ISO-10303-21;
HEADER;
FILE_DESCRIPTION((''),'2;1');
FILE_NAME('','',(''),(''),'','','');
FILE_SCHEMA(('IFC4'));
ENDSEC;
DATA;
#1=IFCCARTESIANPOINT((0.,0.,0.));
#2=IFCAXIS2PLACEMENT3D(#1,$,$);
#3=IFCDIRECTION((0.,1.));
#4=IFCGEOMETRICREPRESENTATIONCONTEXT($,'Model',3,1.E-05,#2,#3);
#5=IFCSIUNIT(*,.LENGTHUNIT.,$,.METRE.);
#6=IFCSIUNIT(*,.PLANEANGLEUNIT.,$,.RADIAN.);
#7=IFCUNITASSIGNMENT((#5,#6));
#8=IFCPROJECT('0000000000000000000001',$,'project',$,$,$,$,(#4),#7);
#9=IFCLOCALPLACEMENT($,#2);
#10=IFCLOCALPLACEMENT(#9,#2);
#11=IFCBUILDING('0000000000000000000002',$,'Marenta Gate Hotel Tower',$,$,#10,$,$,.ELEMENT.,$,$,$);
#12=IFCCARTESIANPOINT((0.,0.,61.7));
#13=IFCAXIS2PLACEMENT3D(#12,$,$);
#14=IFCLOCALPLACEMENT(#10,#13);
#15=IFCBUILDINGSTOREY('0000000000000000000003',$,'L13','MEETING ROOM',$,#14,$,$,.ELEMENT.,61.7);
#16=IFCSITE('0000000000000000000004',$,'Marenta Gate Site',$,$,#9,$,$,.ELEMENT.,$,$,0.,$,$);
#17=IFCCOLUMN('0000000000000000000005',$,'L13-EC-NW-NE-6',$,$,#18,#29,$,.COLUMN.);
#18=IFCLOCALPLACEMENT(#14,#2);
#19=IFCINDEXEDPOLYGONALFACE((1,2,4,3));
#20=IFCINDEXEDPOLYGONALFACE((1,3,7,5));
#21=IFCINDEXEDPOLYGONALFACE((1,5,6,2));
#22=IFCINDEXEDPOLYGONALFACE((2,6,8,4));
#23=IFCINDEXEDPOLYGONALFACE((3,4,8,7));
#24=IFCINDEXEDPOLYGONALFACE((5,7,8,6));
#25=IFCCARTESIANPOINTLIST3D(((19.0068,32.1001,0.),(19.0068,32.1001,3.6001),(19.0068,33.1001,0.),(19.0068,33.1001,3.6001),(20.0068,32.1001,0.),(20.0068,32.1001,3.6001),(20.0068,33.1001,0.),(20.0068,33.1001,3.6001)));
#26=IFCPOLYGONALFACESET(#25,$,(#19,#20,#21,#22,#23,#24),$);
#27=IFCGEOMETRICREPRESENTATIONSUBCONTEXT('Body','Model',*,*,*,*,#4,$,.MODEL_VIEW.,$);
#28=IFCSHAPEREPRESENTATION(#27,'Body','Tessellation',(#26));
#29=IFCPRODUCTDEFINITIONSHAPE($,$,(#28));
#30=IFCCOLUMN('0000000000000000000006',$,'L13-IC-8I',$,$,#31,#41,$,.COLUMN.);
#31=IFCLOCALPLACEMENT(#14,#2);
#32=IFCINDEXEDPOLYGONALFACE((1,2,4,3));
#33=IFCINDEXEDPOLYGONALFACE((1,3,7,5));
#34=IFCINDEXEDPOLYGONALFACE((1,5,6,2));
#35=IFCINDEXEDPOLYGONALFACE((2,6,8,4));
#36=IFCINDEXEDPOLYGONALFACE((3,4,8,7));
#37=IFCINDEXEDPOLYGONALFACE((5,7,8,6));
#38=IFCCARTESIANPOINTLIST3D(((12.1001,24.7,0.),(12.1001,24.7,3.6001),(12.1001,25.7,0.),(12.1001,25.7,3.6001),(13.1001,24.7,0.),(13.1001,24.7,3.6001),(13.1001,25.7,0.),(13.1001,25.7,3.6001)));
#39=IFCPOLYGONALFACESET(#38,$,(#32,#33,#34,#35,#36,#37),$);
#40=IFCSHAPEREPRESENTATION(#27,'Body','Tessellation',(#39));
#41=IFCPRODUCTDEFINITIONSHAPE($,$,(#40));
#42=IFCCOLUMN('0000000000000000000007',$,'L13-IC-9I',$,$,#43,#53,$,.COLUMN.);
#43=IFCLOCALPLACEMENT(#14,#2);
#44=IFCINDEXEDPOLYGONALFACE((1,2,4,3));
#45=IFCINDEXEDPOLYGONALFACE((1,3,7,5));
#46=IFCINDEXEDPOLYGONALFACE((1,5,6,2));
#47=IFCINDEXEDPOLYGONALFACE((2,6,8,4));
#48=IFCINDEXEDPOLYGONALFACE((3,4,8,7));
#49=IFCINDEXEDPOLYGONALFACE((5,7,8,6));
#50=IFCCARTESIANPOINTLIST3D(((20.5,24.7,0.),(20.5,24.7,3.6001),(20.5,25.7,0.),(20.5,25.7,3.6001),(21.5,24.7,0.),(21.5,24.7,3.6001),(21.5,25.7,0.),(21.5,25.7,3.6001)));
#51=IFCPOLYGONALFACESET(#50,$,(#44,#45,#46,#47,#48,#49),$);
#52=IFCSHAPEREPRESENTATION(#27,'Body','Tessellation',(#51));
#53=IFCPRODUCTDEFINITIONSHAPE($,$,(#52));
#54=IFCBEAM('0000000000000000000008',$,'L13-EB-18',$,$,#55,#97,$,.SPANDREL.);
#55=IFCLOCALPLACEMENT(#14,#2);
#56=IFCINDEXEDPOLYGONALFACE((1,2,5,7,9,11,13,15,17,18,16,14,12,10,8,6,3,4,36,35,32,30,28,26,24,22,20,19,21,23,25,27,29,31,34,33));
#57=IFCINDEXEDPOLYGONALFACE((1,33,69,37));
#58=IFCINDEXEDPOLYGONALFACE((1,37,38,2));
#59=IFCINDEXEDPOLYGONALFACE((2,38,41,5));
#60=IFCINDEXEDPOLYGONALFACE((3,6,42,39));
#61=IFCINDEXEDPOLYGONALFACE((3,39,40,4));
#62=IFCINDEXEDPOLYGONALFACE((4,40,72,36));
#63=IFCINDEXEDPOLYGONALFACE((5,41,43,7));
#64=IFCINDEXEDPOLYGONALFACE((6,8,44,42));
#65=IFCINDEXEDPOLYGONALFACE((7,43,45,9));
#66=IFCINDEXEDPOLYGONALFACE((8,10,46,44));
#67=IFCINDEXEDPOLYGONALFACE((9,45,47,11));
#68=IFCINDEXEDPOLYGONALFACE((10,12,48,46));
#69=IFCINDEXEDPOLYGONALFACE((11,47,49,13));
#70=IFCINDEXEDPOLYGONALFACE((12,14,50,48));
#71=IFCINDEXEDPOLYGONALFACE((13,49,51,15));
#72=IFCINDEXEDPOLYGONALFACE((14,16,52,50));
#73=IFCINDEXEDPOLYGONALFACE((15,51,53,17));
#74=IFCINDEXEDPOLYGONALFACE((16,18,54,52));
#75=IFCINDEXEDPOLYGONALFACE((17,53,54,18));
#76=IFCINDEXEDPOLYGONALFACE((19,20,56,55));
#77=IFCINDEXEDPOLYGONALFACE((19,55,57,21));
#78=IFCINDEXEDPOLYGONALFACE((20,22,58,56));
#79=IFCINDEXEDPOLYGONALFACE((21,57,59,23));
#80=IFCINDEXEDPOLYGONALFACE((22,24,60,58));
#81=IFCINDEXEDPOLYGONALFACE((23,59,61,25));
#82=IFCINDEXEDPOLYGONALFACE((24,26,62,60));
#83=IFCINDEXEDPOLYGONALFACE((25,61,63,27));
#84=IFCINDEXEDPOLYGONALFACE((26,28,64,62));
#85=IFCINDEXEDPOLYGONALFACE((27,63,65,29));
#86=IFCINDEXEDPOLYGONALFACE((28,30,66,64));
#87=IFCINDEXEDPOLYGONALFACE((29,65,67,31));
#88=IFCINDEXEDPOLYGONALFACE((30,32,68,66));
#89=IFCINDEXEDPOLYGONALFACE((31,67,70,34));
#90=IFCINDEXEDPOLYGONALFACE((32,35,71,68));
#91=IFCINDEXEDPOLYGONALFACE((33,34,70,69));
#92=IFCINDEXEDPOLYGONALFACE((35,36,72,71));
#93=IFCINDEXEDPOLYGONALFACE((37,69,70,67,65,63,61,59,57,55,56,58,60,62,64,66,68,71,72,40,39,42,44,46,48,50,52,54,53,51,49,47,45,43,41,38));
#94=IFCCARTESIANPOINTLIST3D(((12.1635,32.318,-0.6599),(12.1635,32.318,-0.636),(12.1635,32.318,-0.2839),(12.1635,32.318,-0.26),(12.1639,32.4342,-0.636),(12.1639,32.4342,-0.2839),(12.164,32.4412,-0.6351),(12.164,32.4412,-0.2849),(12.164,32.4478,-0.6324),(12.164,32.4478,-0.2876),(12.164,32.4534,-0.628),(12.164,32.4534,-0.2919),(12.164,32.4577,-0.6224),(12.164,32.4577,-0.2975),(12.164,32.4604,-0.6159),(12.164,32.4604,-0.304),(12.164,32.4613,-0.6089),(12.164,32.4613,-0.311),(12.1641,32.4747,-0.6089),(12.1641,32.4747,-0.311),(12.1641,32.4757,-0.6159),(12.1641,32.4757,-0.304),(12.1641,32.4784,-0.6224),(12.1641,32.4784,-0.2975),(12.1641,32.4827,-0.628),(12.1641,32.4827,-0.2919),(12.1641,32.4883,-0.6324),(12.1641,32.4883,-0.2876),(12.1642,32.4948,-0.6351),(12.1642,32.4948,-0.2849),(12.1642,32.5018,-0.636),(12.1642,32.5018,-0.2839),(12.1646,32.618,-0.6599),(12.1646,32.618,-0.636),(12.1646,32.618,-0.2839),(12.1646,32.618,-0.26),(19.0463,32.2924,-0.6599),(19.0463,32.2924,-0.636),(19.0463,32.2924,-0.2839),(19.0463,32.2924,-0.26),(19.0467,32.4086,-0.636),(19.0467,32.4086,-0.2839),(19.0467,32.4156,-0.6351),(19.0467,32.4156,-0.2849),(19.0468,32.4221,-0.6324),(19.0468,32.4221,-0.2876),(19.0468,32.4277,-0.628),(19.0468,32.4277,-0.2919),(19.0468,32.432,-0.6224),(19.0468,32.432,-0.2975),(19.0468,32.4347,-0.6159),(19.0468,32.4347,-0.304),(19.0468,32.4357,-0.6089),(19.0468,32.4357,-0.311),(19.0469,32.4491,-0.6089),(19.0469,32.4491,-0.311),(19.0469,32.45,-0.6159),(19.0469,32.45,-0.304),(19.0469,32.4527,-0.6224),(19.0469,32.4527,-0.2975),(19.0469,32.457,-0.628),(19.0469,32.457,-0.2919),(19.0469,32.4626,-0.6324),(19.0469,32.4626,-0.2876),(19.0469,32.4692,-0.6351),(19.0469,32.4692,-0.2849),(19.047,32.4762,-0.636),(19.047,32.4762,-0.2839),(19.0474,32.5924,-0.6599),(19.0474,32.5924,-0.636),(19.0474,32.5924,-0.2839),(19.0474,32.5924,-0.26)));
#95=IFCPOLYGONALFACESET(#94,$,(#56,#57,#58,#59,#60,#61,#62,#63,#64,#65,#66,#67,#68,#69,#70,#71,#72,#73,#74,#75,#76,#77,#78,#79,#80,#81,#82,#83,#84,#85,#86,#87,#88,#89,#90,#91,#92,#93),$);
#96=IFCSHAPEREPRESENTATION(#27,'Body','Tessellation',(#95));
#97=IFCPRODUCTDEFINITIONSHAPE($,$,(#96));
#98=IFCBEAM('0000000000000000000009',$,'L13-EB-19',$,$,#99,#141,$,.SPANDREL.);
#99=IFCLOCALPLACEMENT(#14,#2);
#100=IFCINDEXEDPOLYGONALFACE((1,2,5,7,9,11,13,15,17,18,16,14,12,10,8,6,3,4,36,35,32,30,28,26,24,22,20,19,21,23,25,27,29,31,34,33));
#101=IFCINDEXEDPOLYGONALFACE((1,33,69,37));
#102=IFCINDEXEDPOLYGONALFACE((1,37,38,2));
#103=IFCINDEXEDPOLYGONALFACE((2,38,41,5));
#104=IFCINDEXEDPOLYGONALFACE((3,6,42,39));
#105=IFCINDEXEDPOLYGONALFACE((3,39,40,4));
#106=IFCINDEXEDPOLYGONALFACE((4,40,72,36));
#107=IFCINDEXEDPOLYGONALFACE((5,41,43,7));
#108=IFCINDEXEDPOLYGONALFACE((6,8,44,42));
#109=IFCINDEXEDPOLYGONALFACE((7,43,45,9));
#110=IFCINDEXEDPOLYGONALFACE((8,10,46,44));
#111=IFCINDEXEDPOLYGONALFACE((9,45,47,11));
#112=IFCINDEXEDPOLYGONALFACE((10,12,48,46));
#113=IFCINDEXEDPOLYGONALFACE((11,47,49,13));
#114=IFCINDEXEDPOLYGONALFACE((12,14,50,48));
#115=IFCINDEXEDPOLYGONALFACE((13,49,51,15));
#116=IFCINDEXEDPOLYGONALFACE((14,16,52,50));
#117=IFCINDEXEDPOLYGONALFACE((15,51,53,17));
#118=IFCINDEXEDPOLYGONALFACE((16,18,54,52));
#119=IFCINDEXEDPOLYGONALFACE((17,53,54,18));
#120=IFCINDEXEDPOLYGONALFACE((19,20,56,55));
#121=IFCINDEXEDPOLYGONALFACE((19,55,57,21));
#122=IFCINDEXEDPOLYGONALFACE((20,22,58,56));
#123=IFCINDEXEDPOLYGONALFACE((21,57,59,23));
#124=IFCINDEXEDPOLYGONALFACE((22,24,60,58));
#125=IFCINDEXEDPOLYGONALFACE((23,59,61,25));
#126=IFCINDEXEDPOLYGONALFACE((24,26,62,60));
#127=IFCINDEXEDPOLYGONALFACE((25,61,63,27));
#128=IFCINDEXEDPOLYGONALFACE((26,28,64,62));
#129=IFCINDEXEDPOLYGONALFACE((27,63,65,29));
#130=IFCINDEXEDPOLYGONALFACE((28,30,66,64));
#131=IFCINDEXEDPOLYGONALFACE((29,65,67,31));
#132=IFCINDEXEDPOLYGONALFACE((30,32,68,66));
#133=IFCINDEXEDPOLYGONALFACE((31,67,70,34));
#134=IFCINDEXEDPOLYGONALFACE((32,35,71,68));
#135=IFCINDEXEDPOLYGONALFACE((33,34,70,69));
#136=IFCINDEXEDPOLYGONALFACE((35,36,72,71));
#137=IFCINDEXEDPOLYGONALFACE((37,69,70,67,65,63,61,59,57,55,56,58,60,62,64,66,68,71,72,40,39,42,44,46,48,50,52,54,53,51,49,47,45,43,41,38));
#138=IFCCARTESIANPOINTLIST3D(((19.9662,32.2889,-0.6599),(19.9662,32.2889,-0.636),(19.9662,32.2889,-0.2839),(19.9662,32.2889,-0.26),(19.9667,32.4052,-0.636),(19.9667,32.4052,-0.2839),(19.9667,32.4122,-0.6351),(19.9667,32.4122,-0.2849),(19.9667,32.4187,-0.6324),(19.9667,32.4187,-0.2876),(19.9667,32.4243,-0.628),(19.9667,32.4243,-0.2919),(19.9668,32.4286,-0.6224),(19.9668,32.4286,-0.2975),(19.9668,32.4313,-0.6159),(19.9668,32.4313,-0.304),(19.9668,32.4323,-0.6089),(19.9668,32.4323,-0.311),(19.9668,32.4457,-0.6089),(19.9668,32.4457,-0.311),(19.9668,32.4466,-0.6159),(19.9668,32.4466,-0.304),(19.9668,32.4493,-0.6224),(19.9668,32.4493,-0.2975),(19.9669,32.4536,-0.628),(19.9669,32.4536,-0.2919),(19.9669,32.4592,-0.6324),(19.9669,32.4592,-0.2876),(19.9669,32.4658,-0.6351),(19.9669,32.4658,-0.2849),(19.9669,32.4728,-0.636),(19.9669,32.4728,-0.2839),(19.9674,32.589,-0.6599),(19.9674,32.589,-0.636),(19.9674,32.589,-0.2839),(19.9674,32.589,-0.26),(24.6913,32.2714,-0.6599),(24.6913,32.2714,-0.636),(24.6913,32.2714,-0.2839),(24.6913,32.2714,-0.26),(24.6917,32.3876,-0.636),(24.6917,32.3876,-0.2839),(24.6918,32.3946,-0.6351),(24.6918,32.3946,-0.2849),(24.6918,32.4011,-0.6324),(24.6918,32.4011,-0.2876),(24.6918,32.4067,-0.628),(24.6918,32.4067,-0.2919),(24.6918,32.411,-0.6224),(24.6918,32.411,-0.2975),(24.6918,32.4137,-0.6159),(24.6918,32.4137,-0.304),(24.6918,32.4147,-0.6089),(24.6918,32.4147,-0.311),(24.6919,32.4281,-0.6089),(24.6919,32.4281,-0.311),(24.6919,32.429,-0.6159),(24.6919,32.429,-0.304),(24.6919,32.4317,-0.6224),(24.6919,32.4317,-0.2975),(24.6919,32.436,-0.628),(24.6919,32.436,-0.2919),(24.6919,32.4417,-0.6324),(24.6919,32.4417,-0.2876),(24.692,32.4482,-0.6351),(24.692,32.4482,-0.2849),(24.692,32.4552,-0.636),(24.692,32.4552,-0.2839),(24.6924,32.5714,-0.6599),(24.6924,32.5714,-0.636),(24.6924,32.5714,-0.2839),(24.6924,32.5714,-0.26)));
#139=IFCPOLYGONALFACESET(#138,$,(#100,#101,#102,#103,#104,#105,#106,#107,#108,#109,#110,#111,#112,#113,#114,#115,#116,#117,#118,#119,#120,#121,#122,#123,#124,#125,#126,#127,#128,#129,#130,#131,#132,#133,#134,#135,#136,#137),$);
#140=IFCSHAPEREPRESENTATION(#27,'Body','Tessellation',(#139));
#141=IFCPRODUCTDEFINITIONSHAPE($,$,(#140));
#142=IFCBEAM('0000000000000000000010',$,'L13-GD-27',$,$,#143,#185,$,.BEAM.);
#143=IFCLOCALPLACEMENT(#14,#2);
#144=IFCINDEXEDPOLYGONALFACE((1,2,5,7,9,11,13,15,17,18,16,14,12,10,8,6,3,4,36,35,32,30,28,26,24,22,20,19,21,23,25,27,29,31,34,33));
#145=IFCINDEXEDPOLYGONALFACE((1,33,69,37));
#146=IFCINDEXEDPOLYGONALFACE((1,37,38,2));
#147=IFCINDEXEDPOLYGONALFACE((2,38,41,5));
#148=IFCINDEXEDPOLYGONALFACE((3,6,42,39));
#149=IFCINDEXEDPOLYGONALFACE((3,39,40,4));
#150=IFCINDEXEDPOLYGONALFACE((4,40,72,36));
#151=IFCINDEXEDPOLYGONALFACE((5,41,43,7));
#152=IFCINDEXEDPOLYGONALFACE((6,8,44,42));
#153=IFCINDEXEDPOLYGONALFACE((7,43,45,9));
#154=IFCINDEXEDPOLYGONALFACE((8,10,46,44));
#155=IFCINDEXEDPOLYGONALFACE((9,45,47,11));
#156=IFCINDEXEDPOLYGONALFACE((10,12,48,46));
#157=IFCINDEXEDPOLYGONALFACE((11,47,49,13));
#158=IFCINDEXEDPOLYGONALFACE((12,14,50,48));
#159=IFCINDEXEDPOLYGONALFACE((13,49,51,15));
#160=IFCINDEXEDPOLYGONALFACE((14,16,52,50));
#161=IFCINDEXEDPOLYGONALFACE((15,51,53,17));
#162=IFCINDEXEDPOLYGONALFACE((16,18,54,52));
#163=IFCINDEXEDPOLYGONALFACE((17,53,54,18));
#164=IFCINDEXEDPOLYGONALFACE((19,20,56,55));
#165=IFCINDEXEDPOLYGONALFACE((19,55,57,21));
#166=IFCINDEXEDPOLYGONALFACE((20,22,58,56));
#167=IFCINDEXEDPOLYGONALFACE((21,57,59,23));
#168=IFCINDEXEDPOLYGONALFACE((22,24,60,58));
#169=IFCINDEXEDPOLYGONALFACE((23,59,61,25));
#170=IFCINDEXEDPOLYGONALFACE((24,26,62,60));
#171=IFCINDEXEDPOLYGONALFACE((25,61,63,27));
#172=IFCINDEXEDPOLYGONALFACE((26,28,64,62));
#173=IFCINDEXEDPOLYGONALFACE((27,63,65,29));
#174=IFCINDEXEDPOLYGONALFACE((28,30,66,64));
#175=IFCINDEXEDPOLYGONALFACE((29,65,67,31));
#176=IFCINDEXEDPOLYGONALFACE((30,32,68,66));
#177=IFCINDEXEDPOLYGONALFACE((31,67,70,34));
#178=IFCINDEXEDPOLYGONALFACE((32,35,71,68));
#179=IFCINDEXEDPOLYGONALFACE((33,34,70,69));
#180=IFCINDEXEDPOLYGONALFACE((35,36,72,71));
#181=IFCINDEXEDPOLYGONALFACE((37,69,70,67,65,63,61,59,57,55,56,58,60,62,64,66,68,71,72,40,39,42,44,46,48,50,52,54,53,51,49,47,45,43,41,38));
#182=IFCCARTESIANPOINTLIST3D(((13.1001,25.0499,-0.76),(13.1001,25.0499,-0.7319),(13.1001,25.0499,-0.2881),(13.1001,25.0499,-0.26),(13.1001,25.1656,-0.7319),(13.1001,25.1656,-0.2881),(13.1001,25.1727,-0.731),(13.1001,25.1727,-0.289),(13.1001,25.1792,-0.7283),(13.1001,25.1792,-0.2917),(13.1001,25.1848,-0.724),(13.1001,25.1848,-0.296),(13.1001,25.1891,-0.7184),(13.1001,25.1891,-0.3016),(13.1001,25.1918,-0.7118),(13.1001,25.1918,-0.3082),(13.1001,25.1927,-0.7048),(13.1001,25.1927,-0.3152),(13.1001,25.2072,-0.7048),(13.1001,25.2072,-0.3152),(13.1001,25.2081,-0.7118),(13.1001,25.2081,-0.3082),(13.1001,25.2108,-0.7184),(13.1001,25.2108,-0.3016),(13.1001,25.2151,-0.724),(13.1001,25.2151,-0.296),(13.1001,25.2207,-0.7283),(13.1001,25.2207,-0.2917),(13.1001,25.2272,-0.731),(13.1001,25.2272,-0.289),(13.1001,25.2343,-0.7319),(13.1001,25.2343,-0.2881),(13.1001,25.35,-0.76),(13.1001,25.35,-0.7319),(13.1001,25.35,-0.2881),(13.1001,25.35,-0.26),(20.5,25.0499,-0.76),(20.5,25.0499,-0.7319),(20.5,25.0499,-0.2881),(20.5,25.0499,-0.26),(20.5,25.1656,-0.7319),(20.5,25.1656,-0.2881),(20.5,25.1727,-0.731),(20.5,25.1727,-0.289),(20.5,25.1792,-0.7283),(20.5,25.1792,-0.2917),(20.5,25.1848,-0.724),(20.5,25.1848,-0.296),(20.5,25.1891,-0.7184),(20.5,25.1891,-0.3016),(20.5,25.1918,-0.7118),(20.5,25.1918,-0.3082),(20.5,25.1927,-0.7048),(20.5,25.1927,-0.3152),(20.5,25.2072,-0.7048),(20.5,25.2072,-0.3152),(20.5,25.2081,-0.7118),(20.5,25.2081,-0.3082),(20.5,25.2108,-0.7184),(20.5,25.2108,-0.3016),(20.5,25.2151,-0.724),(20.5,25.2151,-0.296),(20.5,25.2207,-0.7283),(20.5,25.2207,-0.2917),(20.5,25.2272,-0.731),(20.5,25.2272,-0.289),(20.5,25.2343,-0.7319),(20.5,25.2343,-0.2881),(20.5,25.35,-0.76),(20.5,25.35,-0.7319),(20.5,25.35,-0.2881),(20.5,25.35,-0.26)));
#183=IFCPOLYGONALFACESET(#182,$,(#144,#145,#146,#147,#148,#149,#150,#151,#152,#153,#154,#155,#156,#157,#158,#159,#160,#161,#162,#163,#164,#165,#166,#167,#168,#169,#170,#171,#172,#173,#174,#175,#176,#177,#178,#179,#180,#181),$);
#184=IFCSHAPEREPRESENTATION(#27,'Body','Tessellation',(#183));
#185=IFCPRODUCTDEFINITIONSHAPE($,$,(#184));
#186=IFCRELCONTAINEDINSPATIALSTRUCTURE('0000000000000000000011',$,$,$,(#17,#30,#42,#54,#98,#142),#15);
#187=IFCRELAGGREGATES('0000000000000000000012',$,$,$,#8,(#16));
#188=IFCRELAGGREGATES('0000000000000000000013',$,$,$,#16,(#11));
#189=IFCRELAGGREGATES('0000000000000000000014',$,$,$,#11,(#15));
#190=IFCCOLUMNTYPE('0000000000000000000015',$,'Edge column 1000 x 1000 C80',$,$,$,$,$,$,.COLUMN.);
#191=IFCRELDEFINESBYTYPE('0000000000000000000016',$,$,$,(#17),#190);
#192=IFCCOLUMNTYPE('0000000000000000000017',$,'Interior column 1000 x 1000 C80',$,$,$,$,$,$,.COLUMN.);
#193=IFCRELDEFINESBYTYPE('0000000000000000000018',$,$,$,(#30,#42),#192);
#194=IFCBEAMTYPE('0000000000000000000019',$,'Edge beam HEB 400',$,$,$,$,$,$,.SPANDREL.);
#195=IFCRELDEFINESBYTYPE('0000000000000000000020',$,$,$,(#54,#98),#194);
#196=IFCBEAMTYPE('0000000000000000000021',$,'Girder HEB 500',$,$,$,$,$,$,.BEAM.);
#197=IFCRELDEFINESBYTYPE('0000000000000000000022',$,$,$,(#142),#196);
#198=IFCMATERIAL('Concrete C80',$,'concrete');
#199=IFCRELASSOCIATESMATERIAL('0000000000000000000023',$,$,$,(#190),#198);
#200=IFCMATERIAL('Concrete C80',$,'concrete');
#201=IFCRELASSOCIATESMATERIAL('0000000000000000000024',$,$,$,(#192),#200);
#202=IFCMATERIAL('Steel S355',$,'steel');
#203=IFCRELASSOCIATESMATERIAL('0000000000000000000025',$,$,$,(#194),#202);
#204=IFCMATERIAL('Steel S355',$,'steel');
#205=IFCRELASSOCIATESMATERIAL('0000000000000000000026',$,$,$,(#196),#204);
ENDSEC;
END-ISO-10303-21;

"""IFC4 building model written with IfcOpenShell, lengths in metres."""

from ifc_helpers import new_model, si_unit, direction, frame, origin, origin_2d, place, context, subcontext, project, spatial, rectangle, i_section, extrude, material, material_profile, profile_set, type_object, element, save


model = new_model("IFC4")

# Units and contexts
model_context = context("Model", 3, precision=1e-05, world=origin(), true_north=direction((0.0, 1.0)))
body_context = subcontext(model_context, "Body", "Model", "MODEL_VIEW")
ifc_project = project(units=[si_unit("LENGTHUNIT", "METRE"), si_unit("PLANEANGLEUNIT", "RADIAN")], contexts=[model_context])

# Site, building, storey
site_placement = place(None, origin())
site = spatial("IfcSite", under=ifc_project, at=site_placement, Name="Marenta Gate Site", CompositionType="ELEMENT", RefElevation=0.0)
building_placement = place(site_placement, origin())
building = spatial("IfcBuilding", under=site, at=building_placement, Name="Marenta Gate Hotel Tower", CompositionType="ELEMENT")
storey_placement = place(building_placement, frame((0.0, 0.0, 61.7)))
storey = spatial("IfcBuildingStorey", under=building, at=storey_placement, Name="L13", Description="MEETING ROOM", CompositionType="ELEMENT", Elevation=61.7)

# Columns
ifc_material_1 = material(Name="Concrete C80", Category="concrete")
ifc_material_profile_1 = material_profile(ifc_material_1, rectangle(XDim=1.0, YDim=1.0, at=origin_2d()), Name="1000 x 1000")
ifc_profile_set_1 = profile_set([ifc_material_profile_1], Name="Concrete C80")
column_type_1 = type_object("IfcColumnType", Name="Edge column 1000 x 1000 C80", PredefinedType="COLUMN", material=ifc_profile_set_1)
column_placement = place(storey_placement, frame((19.5068, 32.6001, 0.0), z_axis=(0.0, 0.0, 1.0), x_axis=(1.0, 0.0, 0.0)))
element("IfcColumn", 1, at=column_placement, inside=storey, type_object=column_type_1, Name="L13-EC-NW-NE-6", PredefinedType="COLUMN", context=body_context, shape_type="SweptSolid", body=[
    extrude(rectangle(XDim=1.0, YDim=1.0, at=origin_2d()), origin(), (0.0, 0.0, 1.0), 3.6001),
])
ifc_material_2 = material(Name="Concrete C80", Category="concrete")
ifc_material_profile_2 = material_profile(ifc_material_2, rectangle(XDim=1.0, YDim=1.0, at=origin_2d()), Name="1000 x 1000")
ifc_profile_set_2 = profile_set([ifc_material_profile_2], Name="Concrete C80")
column_type_2 = type_object("IfcColumnType", Name="Interior column 1000 x 1000 C80", PredefinedType="COLUMN", material=ifc_profile_set_2)
for number, where, z_axis, x_axis, name in (
    (2, (12.6001, 25.2, 0.0), (0.0, 0.0, 1.0), (1.0, 0.0, 0.0), "L13-IC-8I"),
    (3, (21.0, 25.2, 0.0), (0.0, 0.0, 1.0), (1.0, 0.0, 0.0), "L13-IC-9I"),
):
    element("IfcColumn", number, at=place(storey_placement, frame(where, z_axis=z_axis, x_axis=x_axis)), inside=storey, type_object=column_type_2, Name=name, PredefinedType="COLUMN", context=body_context, shape_type="SweptSolid", body=[
        extrude(rectangle(XDim=1.0, YDim=1.0, at=origin_2d()), origin(), (0.0, 0.0, 1.0), 3.6001),
    ])

# Beams
ifc_material_3 = material(Name="Steel S355", Category="steel")
ifc_material_profile_3 = material_profile(ifc_material_3, i_section(OverallWidth=0.3, OverallDepth=0.3999, WebThickness=0.0134, FlangeThickness=0.0239, FilletRadius=0.0271, at=origin_2d()), Name="HEB 400")
ifc_profile_set_3 = profile_set([ifc_material_profile_3], Name="Steel S355")
beam_type_1 = type_object("IfcBeamType", Name="Edge beam HEB 400", PredefinedType="SPANDREL", material=ifc_profile_set_3)
beam_1_placement = place(storey_placement, frame((12.1641, 32.468, -0.46), z_axis=(0.999993, -0.003724, 0.0), x_axis=(0.003724, 0.999993, 0.0)))
element("IfcBeam", 4, at=beam_1_placement, inside=storey, type_object=beam_type_1, Name="L13-EB-18", PredefinedType="SPANDREL", context=body_context, shape_type="SweptSolid", body=[
    extrude(i_section(OverallWidth=0.3, OverallDepth=0.3999, WebThickness=0.0134, FlangeThickness=0.0239, FilletRadius=0.0271, at=origin_2d()), origin(), (0.0, 0.0, 1.0), 6.8828),
])
beam_2_placement = place(storey_placement, frame((19.9668, 32.439, -0.46), z_axis=(0.999993, -0.00372, 0.0), x_axis=(0.00372, 0.999993, 0.0)))
element("IfcBeam", 5, at=beam_2_placement, inside=storey, type_object=beam_type_1, Name="L13-EB-19", PredefinedType="SPANDREL", context=body_context, shape_type="SweptSolid", body=[
    extrude(i_section(OverallWidth=0.3, OverallDepth=0.3999, WebThickness=0.0134, FlangeThickness=0.0239, FilletRadius=0.0271, at=origin_2d()), origin(), (0.0, 0.0, 1.0), 4.7251),
])
ifc_material_4 = material(Name="Steel S355", Category="steel")
ifc_material_profile_4 = material_profile(ifc_material_4, i_section(OverallWidth=0.3, OverallDepth=0.5, WebThickness=0.0144, FlangeThickness=0.0281, FilletRadius=0.0271, at=origin_2d()), Name="HEB 500")
ifc_profile_set_4 = profile_set([ifc_material_profile_4], Name="Steel S355")
beam_type_2 = type_object("IfcBeamType", Name="Girder HEB 500", PredefinedType="BEAM", material=ifc_profile_set_4)
beam_3_placement = place(storey_placement, frame((13.1001, 25.2, -0.51), z_axis=(1.0, 0.0, 0.0), x_axis=(0.0, 1.0, 0.0)))
element("IfcBeam", 6, at=beam_3_placement, inside=storey, type_object=beam_type_2, Name="L13-GD-27", PredefinedType="BEAM", context=body_context, shape_type="SweptSolid", body=[
    extrude(i_section(OverallWidth=0.3, OverallDepth=0.5, WebThickness=0.0144, FlangeThickness=0.0281, FilletRadius=0.0271, at=origin_2d()), origin(), (0.0, 0.0, 1.0), 7.3999),
])

save(model, "model.ifc")
